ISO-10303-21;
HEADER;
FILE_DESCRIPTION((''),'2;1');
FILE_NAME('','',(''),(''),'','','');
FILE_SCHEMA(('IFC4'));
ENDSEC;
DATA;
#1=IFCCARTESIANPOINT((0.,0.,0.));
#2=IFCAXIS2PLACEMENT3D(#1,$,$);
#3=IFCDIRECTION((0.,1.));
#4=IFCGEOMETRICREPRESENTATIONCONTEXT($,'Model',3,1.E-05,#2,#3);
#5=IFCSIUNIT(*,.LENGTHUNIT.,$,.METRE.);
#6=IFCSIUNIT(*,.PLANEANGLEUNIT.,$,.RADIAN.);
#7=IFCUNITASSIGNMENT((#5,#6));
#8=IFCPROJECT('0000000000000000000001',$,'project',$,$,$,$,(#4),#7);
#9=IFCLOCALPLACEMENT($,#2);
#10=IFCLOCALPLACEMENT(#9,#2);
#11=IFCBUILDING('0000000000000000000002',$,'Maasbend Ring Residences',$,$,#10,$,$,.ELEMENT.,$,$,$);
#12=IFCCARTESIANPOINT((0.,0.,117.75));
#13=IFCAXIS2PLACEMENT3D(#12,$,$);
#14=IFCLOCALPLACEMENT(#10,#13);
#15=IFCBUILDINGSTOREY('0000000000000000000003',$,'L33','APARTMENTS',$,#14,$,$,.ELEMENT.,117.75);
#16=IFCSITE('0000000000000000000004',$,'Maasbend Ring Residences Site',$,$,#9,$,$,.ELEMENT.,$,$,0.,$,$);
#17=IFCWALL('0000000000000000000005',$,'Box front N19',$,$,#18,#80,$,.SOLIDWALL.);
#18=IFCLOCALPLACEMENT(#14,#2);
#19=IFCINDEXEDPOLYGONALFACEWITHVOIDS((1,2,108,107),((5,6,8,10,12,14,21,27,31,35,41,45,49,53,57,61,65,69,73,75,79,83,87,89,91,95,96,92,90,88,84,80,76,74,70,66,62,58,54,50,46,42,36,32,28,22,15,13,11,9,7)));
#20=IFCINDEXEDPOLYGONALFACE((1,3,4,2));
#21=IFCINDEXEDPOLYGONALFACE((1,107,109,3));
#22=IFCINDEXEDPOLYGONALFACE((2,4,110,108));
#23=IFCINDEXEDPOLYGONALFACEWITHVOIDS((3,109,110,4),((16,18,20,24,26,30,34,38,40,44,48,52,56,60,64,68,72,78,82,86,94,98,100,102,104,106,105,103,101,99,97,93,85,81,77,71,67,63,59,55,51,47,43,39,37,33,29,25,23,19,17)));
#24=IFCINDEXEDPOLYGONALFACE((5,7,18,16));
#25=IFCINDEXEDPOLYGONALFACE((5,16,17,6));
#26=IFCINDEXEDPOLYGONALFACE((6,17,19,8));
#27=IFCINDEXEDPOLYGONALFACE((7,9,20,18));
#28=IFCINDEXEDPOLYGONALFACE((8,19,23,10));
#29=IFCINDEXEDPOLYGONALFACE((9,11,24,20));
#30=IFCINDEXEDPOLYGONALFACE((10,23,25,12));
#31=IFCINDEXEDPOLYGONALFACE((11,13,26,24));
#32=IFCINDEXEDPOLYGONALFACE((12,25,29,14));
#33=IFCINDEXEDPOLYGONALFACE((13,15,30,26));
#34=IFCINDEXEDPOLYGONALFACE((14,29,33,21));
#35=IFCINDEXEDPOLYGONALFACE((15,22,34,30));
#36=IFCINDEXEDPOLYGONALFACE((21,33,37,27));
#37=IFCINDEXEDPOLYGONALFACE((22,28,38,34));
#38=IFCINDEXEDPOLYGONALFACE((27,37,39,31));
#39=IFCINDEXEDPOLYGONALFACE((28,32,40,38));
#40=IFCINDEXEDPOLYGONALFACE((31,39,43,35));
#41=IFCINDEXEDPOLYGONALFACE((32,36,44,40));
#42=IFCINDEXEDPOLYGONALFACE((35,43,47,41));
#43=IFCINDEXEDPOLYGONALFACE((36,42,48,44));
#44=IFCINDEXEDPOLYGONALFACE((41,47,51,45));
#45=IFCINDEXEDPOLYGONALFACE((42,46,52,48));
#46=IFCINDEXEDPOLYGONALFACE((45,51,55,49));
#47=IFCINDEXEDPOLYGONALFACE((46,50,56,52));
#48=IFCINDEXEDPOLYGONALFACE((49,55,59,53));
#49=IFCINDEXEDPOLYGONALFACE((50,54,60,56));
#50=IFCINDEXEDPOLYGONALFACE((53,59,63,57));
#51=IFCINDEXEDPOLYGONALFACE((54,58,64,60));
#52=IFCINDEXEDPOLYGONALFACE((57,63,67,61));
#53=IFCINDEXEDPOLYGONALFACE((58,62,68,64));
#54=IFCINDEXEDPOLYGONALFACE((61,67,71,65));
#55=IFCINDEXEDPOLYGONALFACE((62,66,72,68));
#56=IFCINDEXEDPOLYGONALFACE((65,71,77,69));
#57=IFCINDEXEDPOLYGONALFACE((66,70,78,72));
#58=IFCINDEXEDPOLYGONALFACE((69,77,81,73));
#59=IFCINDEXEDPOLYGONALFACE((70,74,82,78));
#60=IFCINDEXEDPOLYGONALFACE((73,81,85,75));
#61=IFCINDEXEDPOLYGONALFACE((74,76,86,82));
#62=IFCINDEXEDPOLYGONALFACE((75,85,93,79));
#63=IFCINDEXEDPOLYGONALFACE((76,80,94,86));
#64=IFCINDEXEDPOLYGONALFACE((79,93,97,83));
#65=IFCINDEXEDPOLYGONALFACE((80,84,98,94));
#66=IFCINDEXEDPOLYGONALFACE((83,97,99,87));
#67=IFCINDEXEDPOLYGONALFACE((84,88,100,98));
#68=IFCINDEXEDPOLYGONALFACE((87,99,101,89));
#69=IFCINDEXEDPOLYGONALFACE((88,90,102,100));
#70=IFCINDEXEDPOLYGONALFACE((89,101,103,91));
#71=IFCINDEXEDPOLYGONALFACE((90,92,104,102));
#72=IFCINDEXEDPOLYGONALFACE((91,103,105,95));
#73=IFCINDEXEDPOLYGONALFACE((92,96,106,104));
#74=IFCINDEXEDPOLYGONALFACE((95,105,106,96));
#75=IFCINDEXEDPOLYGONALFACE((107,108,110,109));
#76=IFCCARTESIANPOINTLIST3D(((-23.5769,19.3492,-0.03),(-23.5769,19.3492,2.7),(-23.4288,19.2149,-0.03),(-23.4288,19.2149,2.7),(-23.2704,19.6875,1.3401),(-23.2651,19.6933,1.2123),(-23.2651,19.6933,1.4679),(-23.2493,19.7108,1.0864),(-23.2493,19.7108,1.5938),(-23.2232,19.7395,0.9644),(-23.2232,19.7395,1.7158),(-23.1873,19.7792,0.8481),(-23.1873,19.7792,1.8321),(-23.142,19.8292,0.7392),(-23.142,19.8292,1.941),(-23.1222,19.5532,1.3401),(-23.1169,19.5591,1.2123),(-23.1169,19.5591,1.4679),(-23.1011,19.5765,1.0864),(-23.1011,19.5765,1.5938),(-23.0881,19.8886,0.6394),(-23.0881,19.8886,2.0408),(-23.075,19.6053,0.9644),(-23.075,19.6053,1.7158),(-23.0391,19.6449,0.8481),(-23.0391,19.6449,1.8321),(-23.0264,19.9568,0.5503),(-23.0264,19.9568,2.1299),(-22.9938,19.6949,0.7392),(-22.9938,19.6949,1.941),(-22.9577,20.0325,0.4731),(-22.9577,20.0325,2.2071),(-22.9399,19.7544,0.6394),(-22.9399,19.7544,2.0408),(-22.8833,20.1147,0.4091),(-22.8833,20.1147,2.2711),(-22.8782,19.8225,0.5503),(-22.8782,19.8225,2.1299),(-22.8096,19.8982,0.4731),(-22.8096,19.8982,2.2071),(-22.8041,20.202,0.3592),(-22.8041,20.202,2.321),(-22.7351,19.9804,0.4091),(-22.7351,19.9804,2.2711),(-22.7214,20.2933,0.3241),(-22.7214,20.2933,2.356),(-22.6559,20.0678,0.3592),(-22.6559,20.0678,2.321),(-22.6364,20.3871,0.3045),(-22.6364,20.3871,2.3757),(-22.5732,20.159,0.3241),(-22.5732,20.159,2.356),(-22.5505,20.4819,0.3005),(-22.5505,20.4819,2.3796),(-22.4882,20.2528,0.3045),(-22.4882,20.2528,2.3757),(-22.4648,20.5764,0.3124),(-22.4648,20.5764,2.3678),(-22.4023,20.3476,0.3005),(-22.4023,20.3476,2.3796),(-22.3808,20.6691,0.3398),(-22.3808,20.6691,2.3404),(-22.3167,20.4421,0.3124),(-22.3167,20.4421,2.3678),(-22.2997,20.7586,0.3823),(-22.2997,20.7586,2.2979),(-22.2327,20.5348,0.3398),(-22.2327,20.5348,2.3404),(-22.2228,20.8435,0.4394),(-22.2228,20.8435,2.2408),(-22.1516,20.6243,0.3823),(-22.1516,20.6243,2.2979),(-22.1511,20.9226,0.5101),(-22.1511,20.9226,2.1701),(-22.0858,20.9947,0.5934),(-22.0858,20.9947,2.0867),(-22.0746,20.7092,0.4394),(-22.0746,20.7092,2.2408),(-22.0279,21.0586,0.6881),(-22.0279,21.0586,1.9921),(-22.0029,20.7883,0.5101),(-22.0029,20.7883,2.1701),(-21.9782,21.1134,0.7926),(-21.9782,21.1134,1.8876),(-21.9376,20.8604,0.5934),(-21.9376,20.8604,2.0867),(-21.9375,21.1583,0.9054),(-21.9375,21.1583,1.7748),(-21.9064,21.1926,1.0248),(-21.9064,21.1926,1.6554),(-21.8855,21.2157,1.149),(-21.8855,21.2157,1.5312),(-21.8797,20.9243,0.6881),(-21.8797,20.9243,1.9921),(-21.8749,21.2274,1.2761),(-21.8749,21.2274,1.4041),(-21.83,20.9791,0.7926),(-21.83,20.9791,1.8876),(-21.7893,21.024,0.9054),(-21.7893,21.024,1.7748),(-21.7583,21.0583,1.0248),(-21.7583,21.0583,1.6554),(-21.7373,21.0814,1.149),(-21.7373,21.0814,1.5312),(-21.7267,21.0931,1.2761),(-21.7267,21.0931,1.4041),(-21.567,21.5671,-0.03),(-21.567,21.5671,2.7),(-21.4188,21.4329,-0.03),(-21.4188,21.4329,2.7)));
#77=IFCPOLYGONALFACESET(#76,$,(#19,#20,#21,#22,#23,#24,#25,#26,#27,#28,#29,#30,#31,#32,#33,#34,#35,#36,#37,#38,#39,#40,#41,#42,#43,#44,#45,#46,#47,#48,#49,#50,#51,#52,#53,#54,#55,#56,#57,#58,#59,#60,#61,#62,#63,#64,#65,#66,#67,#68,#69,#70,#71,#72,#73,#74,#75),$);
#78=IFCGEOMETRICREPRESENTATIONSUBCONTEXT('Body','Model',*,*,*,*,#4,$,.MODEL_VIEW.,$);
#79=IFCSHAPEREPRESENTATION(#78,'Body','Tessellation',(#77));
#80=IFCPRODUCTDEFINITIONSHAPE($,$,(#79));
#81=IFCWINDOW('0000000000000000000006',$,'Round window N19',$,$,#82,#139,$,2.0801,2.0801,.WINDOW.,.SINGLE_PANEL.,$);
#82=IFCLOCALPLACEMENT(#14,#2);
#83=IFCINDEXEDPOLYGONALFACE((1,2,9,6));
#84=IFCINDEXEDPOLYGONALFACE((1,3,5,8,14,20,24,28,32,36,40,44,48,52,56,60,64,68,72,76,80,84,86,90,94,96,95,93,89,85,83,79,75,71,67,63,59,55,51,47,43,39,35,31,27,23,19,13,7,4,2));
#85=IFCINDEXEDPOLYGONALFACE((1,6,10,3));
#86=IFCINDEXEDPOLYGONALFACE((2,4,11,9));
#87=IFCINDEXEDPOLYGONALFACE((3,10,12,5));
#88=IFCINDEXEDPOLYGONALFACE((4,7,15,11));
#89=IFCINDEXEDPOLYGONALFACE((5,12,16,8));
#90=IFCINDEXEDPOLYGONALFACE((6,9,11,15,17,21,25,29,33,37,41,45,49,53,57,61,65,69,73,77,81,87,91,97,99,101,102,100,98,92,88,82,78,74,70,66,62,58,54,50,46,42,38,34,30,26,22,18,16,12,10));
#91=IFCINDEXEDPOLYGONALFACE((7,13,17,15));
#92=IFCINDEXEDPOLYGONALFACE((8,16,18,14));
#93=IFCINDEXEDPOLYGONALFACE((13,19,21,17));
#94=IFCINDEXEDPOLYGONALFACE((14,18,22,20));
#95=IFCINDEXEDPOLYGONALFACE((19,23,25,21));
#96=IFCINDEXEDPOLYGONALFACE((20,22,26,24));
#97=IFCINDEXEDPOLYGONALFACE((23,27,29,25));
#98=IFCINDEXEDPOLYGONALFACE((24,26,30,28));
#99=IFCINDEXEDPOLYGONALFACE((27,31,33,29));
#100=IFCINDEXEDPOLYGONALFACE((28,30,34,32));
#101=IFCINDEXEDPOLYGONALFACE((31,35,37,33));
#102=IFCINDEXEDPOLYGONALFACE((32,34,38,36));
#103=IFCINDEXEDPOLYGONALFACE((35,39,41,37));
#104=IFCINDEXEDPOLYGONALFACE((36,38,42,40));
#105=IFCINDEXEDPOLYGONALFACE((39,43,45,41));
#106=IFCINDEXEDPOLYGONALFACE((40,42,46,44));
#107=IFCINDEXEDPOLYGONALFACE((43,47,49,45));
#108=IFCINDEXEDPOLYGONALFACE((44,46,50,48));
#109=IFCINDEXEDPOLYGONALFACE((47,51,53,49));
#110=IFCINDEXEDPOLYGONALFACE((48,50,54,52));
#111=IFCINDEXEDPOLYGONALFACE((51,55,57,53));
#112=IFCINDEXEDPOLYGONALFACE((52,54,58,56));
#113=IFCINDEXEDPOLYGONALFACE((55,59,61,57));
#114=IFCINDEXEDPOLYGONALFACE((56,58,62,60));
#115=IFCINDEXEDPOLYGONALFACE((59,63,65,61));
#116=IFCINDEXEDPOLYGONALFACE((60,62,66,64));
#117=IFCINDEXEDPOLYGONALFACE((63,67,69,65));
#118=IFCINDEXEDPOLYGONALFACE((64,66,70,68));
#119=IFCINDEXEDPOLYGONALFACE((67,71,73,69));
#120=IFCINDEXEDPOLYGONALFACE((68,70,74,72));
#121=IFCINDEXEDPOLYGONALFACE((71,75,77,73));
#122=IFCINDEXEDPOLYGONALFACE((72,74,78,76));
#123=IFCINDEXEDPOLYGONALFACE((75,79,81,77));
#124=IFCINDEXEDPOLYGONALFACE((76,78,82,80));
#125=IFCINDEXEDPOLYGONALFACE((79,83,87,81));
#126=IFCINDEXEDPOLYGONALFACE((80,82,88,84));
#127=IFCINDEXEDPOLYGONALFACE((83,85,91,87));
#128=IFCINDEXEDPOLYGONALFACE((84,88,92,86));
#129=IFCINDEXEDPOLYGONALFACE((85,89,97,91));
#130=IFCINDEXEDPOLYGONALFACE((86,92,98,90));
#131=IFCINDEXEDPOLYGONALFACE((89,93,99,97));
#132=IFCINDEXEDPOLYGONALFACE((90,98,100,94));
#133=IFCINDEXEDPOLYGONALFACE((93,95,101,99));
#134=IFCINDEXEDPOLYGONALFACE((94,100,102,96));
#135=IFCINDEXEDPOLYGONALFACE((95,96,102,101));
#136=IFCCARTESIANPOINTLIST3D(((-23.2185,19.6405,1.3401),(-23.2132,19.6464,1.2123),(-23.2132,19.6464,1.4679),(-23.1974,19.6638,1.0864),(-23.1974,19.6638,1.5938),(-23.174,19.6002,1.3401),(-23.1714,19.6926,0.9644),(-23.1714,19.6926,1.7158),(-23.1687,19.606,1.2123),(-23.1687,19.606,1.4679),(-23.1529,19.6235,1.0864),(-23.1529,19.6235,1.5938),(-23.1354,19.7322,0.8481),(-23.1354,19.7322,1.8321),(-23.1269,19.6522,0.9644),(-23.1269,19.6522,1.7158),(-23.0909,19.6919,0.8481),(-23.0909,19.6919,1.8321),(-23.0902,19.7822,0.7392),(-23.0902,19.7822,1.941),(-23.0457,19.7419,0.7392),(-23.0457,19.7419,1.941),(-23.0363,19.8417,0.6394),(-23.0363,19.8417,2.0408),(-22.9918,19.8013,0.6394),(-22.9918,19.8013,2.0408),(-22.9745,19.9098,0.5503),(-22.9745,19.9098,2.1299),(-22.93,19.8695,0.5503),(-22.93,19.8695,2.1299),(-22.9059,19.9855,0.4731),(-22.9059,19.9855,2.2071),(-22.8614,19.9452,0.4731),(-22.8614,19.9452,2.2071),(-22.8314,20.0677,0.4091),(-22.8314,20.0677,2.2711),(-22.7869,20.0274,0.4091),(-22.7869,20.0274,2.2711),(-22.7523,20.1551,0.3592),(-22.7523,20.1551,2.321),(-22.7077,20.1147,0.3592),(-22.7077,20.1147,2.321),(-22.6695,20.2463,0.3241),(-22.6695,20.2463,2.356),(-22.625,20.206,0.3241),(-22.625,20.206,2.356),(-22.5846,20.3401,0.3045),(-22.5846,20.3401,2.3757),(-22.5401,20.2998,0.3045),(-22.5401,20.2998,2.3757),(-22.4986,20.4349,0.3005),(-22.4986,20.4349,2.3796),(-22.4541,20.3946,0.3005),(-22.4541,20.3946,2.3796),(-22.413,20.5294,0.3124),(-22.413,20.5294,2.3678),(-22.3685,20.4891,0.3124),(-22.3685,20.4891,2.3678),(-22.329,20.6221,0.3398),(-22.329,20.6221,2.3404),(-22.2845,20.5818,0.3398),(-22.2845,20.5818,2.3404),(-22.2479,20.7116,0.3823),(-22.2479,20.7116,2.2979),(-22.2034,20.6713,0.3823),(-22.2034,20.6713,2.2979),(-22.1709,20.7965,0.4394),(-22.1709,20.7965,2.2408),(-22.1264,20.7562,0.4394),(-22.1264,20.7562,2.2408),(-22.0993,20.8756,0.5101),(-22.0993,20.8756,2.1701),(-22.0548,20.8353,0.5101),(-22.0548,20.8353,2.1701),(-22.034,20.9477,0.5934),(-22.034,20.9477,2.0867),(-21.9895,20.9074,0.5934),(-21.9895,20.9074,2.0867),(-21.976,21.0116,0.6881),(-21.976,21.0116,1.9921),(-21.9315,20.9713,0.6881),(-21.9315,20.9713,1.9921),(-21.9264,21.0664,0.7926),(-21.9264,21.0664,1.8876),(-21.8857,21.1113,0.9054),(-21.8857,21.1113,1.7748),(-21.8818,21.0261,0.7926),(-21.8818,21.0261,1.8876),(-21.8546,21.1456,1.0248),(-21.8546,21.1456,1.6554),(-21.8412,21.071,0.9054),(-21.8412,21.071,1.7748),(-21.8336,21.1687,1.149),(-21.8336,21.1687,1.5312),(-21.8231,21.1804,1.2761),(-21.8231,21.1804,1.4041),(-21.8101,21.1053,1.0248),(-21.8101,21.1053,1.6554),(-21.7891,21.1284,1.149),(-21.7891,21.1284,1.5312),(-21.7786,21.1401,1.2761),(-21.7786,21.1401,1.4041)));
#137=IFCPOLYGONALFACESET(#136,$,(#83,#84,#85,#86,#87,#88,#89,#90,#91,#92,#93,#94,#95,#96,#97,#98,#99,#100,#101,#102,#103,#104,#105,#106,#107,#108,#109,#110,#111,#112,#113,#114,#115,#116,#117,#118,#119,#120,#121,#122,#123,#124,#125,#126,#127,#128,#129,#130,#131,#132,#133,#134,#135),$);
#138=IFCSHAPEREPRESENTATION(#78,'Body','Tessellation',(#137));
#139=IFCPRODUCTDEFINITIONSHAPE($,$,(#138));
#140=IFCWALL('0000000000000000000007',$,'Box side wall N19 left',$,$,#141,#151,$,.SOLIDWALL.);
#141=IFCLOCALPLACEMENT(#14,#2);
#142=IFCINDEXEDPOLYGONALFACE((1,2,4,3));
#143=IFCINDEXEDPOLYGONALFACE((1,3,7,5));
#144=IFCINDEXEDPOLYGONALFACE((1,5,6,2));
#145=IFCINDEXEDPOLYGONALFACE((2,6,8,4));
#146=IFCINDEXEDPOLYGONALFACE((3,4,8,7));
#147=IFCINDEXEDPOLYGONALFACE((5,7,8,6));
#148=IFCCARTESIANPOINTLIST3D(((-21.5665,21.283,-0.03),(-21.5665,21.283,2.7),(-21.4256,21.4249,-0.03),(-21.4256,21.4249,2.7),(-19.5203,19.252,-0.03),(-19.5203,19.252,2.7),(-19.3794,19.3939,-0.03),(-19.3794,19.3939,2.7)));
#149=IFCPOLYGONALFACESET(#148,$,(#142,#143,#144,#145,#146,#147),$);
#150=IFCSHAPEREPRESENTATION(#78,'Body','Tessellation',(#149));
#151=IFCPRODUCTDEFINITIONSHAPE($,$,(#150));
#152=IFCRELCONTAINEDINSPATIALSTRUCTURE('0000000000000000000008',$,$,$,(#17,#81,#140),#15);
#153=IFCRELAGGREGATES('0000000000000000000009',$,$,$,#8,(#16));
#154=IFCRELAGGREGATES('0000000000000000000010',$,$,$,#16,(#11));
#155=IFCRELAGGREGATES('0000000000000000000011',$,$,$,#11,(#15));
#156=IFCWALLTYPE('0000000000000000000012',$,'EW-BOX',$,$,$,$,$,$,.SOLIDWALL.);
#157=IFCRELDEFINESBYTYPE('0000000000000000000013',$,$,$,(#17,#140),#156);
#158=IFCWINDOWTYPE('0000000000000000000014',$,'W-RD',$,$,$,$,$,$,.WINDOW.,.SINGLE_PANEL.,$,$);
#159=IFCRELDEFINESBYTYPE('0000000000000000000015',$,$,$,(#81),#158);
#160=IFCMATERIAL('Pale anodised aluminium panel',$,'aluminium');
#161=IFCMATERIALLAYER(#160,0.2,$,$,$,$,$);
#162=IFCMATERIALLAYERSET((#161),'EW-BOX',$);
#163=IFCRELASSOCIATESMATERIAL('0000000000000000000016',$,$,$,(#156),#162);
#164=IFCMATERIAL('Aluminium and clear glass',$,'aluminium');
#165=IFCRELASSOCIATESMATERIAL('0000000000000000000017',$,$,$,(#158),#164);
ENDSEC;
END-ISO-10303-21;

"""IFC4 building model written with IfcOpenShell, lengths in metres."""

from ifc_helpers import new_model, si_unit, direction, frame, frame_2d, origin, place, context, subcontext, project, spatial, rectangle, circle, extrude, material, layer, layer_set, type_object, element, fill, save


model = new_model("IFC4")

# Units and contexts
model_context = context("Model", 3, precision=1e-05, world=origin(), true_north=direction((0.0, 1.0)))
body_context = subcontext(model_context, "Body", "Model", "MODEL_VIEW")
ifc_project = project(units=[si_unit("LENGTHUNIT", "METRE"), si_unit("PLANEANGLEUNIT", "RADIAN")], contexts=[model_context])

# Site, building, storey
site_placement = place(None, origin())
site = spatial("IfcSite", under=ifc_project, at=site_placement, Name="Maasbend Ring Residences Site", CompositionType="ELEMENT", RefElevation=0.0)
building_placement = place(site_placement, origin())
building = spatial("IfcBuilding", under=site, at=building_placement, Name="Maasbend Ring Residences", CompositionType="ELEMENT")
storey_placement = place(building_placement, frame((0.0, 0.0, 117.75)))
storey = spatial("IfcBuildingStorey", under=building, at=storey_placement, Name="L33", Description="APARTMENTS", CompositionType="ELEMENT", Elevation=117.75)

# Shared definitions
ifc_material_1 = material(Name="Pale anodised aluminium panel", Category="aluminium")
ifc_layer_1 = layer(ifc_material_1, 0.2)
ifc_layer_set_1 = layer_set([ifc_layer_1], Name="EW-BOX")
wall_type_1 = type_object("IfcWallType", Name="EW-BOX", PredefinedType="SOLIDWALL", material=ifc_layer_set_1)
ifc_material_2 = material(Name="Aluminium and clear glass", Category="aluminium")
window_type_1 = type_object("IfcWindowType", Name="W-RD", PartitioningType="SINGLE_PANEL", PredefinedType="WINDOW", material=ifc_material_2)

# Wall, opening, window
wall_1_placement = place(storey_placement, frame((-21.4929, 21.5, -0.03), z_axis=(0.0, 0.0, 1.0), x_axis=(-0.671507, -0.740998, 0.0)))
wall_1 = element("IfcWall", 1, at=wall_1_placement, inside=storey, type_object=wall_type_1, Name="Box front N19", PredefinedType="SOLIDWALL", context=body_context, shape_type="SweptSolid", body=[
    extrude(rectangle(XDim=2.9932, YDim=0.2, at=frame_2d((1.4966, 0.0))), origin(), (0.0, 0.0, 1.0), 2.73),
])
opening_1_placement = place(wall_1_placement, frame((0.4565, 0.0, 0.3301)))
opening_1 = element("IfcOpeningElement", 2, at=opening_1_placement, cuts=wall_1, PredefinedType="OPENING", context=body_context, shape_type="SweptSolid", body=[
    extrude(circle(Radius=1.04, at=frame_2d((1.04, 1.04))), frame((0.0, 0.1099, 0.0), z_axis=(0.0, -1.0, 0.0), x_axis=(1.0, 0.0, 0.0)), (0.0, 0.0, 1.0), 0.22),
])
window_1_placement = place(opening_1_placement, origin())
window_1 = element("IfcWindow", 3, at=window_1_placement, inside=storey, type_object=window_type_1, Name="Round window N19", OverallHeight=2.0801, OverallWidth=2.0801, PartitioningType="SINGLE_PANEL", PredefinedType="WINDOW", context=body_context, shape_type="SweptSolid", body=[
    extrude(circle(Radius=1.04, at=frame_2d((1.04, 1.04))), frame((0.0, 0.03, 0.0), z_axis=(0.0, -1.0, 0.0), x_axis=(1.0, 0.0, 0.0)), (0.0, 0.0, 1.0), 0.0601),
])
fill(opening_1, window_1)

# Wall
wall_2_placement = place(storey_placement, frame((-19.45, 19.323, -0.03), z_axis=(0.0, 0.0, 1.0), x_axis=(-0.709727, 0.704477, 0.0)))
element("IfcWall", 4, at=wall_2_placement, inside=storey, type_object=wall_type_1, Name="Box side wall N19 left", PredefinedType="SOLIDWALL", context=body_context, shape_type="SweptSolid", body=[
    extrude(rectangle(XDim=2.8831, YDim=0.2, at=frame_2d((1.4414, 0.0))), origin(), (0.0, 0.0, 1.0), 2.73),
])

save(model, "model.ifc")
